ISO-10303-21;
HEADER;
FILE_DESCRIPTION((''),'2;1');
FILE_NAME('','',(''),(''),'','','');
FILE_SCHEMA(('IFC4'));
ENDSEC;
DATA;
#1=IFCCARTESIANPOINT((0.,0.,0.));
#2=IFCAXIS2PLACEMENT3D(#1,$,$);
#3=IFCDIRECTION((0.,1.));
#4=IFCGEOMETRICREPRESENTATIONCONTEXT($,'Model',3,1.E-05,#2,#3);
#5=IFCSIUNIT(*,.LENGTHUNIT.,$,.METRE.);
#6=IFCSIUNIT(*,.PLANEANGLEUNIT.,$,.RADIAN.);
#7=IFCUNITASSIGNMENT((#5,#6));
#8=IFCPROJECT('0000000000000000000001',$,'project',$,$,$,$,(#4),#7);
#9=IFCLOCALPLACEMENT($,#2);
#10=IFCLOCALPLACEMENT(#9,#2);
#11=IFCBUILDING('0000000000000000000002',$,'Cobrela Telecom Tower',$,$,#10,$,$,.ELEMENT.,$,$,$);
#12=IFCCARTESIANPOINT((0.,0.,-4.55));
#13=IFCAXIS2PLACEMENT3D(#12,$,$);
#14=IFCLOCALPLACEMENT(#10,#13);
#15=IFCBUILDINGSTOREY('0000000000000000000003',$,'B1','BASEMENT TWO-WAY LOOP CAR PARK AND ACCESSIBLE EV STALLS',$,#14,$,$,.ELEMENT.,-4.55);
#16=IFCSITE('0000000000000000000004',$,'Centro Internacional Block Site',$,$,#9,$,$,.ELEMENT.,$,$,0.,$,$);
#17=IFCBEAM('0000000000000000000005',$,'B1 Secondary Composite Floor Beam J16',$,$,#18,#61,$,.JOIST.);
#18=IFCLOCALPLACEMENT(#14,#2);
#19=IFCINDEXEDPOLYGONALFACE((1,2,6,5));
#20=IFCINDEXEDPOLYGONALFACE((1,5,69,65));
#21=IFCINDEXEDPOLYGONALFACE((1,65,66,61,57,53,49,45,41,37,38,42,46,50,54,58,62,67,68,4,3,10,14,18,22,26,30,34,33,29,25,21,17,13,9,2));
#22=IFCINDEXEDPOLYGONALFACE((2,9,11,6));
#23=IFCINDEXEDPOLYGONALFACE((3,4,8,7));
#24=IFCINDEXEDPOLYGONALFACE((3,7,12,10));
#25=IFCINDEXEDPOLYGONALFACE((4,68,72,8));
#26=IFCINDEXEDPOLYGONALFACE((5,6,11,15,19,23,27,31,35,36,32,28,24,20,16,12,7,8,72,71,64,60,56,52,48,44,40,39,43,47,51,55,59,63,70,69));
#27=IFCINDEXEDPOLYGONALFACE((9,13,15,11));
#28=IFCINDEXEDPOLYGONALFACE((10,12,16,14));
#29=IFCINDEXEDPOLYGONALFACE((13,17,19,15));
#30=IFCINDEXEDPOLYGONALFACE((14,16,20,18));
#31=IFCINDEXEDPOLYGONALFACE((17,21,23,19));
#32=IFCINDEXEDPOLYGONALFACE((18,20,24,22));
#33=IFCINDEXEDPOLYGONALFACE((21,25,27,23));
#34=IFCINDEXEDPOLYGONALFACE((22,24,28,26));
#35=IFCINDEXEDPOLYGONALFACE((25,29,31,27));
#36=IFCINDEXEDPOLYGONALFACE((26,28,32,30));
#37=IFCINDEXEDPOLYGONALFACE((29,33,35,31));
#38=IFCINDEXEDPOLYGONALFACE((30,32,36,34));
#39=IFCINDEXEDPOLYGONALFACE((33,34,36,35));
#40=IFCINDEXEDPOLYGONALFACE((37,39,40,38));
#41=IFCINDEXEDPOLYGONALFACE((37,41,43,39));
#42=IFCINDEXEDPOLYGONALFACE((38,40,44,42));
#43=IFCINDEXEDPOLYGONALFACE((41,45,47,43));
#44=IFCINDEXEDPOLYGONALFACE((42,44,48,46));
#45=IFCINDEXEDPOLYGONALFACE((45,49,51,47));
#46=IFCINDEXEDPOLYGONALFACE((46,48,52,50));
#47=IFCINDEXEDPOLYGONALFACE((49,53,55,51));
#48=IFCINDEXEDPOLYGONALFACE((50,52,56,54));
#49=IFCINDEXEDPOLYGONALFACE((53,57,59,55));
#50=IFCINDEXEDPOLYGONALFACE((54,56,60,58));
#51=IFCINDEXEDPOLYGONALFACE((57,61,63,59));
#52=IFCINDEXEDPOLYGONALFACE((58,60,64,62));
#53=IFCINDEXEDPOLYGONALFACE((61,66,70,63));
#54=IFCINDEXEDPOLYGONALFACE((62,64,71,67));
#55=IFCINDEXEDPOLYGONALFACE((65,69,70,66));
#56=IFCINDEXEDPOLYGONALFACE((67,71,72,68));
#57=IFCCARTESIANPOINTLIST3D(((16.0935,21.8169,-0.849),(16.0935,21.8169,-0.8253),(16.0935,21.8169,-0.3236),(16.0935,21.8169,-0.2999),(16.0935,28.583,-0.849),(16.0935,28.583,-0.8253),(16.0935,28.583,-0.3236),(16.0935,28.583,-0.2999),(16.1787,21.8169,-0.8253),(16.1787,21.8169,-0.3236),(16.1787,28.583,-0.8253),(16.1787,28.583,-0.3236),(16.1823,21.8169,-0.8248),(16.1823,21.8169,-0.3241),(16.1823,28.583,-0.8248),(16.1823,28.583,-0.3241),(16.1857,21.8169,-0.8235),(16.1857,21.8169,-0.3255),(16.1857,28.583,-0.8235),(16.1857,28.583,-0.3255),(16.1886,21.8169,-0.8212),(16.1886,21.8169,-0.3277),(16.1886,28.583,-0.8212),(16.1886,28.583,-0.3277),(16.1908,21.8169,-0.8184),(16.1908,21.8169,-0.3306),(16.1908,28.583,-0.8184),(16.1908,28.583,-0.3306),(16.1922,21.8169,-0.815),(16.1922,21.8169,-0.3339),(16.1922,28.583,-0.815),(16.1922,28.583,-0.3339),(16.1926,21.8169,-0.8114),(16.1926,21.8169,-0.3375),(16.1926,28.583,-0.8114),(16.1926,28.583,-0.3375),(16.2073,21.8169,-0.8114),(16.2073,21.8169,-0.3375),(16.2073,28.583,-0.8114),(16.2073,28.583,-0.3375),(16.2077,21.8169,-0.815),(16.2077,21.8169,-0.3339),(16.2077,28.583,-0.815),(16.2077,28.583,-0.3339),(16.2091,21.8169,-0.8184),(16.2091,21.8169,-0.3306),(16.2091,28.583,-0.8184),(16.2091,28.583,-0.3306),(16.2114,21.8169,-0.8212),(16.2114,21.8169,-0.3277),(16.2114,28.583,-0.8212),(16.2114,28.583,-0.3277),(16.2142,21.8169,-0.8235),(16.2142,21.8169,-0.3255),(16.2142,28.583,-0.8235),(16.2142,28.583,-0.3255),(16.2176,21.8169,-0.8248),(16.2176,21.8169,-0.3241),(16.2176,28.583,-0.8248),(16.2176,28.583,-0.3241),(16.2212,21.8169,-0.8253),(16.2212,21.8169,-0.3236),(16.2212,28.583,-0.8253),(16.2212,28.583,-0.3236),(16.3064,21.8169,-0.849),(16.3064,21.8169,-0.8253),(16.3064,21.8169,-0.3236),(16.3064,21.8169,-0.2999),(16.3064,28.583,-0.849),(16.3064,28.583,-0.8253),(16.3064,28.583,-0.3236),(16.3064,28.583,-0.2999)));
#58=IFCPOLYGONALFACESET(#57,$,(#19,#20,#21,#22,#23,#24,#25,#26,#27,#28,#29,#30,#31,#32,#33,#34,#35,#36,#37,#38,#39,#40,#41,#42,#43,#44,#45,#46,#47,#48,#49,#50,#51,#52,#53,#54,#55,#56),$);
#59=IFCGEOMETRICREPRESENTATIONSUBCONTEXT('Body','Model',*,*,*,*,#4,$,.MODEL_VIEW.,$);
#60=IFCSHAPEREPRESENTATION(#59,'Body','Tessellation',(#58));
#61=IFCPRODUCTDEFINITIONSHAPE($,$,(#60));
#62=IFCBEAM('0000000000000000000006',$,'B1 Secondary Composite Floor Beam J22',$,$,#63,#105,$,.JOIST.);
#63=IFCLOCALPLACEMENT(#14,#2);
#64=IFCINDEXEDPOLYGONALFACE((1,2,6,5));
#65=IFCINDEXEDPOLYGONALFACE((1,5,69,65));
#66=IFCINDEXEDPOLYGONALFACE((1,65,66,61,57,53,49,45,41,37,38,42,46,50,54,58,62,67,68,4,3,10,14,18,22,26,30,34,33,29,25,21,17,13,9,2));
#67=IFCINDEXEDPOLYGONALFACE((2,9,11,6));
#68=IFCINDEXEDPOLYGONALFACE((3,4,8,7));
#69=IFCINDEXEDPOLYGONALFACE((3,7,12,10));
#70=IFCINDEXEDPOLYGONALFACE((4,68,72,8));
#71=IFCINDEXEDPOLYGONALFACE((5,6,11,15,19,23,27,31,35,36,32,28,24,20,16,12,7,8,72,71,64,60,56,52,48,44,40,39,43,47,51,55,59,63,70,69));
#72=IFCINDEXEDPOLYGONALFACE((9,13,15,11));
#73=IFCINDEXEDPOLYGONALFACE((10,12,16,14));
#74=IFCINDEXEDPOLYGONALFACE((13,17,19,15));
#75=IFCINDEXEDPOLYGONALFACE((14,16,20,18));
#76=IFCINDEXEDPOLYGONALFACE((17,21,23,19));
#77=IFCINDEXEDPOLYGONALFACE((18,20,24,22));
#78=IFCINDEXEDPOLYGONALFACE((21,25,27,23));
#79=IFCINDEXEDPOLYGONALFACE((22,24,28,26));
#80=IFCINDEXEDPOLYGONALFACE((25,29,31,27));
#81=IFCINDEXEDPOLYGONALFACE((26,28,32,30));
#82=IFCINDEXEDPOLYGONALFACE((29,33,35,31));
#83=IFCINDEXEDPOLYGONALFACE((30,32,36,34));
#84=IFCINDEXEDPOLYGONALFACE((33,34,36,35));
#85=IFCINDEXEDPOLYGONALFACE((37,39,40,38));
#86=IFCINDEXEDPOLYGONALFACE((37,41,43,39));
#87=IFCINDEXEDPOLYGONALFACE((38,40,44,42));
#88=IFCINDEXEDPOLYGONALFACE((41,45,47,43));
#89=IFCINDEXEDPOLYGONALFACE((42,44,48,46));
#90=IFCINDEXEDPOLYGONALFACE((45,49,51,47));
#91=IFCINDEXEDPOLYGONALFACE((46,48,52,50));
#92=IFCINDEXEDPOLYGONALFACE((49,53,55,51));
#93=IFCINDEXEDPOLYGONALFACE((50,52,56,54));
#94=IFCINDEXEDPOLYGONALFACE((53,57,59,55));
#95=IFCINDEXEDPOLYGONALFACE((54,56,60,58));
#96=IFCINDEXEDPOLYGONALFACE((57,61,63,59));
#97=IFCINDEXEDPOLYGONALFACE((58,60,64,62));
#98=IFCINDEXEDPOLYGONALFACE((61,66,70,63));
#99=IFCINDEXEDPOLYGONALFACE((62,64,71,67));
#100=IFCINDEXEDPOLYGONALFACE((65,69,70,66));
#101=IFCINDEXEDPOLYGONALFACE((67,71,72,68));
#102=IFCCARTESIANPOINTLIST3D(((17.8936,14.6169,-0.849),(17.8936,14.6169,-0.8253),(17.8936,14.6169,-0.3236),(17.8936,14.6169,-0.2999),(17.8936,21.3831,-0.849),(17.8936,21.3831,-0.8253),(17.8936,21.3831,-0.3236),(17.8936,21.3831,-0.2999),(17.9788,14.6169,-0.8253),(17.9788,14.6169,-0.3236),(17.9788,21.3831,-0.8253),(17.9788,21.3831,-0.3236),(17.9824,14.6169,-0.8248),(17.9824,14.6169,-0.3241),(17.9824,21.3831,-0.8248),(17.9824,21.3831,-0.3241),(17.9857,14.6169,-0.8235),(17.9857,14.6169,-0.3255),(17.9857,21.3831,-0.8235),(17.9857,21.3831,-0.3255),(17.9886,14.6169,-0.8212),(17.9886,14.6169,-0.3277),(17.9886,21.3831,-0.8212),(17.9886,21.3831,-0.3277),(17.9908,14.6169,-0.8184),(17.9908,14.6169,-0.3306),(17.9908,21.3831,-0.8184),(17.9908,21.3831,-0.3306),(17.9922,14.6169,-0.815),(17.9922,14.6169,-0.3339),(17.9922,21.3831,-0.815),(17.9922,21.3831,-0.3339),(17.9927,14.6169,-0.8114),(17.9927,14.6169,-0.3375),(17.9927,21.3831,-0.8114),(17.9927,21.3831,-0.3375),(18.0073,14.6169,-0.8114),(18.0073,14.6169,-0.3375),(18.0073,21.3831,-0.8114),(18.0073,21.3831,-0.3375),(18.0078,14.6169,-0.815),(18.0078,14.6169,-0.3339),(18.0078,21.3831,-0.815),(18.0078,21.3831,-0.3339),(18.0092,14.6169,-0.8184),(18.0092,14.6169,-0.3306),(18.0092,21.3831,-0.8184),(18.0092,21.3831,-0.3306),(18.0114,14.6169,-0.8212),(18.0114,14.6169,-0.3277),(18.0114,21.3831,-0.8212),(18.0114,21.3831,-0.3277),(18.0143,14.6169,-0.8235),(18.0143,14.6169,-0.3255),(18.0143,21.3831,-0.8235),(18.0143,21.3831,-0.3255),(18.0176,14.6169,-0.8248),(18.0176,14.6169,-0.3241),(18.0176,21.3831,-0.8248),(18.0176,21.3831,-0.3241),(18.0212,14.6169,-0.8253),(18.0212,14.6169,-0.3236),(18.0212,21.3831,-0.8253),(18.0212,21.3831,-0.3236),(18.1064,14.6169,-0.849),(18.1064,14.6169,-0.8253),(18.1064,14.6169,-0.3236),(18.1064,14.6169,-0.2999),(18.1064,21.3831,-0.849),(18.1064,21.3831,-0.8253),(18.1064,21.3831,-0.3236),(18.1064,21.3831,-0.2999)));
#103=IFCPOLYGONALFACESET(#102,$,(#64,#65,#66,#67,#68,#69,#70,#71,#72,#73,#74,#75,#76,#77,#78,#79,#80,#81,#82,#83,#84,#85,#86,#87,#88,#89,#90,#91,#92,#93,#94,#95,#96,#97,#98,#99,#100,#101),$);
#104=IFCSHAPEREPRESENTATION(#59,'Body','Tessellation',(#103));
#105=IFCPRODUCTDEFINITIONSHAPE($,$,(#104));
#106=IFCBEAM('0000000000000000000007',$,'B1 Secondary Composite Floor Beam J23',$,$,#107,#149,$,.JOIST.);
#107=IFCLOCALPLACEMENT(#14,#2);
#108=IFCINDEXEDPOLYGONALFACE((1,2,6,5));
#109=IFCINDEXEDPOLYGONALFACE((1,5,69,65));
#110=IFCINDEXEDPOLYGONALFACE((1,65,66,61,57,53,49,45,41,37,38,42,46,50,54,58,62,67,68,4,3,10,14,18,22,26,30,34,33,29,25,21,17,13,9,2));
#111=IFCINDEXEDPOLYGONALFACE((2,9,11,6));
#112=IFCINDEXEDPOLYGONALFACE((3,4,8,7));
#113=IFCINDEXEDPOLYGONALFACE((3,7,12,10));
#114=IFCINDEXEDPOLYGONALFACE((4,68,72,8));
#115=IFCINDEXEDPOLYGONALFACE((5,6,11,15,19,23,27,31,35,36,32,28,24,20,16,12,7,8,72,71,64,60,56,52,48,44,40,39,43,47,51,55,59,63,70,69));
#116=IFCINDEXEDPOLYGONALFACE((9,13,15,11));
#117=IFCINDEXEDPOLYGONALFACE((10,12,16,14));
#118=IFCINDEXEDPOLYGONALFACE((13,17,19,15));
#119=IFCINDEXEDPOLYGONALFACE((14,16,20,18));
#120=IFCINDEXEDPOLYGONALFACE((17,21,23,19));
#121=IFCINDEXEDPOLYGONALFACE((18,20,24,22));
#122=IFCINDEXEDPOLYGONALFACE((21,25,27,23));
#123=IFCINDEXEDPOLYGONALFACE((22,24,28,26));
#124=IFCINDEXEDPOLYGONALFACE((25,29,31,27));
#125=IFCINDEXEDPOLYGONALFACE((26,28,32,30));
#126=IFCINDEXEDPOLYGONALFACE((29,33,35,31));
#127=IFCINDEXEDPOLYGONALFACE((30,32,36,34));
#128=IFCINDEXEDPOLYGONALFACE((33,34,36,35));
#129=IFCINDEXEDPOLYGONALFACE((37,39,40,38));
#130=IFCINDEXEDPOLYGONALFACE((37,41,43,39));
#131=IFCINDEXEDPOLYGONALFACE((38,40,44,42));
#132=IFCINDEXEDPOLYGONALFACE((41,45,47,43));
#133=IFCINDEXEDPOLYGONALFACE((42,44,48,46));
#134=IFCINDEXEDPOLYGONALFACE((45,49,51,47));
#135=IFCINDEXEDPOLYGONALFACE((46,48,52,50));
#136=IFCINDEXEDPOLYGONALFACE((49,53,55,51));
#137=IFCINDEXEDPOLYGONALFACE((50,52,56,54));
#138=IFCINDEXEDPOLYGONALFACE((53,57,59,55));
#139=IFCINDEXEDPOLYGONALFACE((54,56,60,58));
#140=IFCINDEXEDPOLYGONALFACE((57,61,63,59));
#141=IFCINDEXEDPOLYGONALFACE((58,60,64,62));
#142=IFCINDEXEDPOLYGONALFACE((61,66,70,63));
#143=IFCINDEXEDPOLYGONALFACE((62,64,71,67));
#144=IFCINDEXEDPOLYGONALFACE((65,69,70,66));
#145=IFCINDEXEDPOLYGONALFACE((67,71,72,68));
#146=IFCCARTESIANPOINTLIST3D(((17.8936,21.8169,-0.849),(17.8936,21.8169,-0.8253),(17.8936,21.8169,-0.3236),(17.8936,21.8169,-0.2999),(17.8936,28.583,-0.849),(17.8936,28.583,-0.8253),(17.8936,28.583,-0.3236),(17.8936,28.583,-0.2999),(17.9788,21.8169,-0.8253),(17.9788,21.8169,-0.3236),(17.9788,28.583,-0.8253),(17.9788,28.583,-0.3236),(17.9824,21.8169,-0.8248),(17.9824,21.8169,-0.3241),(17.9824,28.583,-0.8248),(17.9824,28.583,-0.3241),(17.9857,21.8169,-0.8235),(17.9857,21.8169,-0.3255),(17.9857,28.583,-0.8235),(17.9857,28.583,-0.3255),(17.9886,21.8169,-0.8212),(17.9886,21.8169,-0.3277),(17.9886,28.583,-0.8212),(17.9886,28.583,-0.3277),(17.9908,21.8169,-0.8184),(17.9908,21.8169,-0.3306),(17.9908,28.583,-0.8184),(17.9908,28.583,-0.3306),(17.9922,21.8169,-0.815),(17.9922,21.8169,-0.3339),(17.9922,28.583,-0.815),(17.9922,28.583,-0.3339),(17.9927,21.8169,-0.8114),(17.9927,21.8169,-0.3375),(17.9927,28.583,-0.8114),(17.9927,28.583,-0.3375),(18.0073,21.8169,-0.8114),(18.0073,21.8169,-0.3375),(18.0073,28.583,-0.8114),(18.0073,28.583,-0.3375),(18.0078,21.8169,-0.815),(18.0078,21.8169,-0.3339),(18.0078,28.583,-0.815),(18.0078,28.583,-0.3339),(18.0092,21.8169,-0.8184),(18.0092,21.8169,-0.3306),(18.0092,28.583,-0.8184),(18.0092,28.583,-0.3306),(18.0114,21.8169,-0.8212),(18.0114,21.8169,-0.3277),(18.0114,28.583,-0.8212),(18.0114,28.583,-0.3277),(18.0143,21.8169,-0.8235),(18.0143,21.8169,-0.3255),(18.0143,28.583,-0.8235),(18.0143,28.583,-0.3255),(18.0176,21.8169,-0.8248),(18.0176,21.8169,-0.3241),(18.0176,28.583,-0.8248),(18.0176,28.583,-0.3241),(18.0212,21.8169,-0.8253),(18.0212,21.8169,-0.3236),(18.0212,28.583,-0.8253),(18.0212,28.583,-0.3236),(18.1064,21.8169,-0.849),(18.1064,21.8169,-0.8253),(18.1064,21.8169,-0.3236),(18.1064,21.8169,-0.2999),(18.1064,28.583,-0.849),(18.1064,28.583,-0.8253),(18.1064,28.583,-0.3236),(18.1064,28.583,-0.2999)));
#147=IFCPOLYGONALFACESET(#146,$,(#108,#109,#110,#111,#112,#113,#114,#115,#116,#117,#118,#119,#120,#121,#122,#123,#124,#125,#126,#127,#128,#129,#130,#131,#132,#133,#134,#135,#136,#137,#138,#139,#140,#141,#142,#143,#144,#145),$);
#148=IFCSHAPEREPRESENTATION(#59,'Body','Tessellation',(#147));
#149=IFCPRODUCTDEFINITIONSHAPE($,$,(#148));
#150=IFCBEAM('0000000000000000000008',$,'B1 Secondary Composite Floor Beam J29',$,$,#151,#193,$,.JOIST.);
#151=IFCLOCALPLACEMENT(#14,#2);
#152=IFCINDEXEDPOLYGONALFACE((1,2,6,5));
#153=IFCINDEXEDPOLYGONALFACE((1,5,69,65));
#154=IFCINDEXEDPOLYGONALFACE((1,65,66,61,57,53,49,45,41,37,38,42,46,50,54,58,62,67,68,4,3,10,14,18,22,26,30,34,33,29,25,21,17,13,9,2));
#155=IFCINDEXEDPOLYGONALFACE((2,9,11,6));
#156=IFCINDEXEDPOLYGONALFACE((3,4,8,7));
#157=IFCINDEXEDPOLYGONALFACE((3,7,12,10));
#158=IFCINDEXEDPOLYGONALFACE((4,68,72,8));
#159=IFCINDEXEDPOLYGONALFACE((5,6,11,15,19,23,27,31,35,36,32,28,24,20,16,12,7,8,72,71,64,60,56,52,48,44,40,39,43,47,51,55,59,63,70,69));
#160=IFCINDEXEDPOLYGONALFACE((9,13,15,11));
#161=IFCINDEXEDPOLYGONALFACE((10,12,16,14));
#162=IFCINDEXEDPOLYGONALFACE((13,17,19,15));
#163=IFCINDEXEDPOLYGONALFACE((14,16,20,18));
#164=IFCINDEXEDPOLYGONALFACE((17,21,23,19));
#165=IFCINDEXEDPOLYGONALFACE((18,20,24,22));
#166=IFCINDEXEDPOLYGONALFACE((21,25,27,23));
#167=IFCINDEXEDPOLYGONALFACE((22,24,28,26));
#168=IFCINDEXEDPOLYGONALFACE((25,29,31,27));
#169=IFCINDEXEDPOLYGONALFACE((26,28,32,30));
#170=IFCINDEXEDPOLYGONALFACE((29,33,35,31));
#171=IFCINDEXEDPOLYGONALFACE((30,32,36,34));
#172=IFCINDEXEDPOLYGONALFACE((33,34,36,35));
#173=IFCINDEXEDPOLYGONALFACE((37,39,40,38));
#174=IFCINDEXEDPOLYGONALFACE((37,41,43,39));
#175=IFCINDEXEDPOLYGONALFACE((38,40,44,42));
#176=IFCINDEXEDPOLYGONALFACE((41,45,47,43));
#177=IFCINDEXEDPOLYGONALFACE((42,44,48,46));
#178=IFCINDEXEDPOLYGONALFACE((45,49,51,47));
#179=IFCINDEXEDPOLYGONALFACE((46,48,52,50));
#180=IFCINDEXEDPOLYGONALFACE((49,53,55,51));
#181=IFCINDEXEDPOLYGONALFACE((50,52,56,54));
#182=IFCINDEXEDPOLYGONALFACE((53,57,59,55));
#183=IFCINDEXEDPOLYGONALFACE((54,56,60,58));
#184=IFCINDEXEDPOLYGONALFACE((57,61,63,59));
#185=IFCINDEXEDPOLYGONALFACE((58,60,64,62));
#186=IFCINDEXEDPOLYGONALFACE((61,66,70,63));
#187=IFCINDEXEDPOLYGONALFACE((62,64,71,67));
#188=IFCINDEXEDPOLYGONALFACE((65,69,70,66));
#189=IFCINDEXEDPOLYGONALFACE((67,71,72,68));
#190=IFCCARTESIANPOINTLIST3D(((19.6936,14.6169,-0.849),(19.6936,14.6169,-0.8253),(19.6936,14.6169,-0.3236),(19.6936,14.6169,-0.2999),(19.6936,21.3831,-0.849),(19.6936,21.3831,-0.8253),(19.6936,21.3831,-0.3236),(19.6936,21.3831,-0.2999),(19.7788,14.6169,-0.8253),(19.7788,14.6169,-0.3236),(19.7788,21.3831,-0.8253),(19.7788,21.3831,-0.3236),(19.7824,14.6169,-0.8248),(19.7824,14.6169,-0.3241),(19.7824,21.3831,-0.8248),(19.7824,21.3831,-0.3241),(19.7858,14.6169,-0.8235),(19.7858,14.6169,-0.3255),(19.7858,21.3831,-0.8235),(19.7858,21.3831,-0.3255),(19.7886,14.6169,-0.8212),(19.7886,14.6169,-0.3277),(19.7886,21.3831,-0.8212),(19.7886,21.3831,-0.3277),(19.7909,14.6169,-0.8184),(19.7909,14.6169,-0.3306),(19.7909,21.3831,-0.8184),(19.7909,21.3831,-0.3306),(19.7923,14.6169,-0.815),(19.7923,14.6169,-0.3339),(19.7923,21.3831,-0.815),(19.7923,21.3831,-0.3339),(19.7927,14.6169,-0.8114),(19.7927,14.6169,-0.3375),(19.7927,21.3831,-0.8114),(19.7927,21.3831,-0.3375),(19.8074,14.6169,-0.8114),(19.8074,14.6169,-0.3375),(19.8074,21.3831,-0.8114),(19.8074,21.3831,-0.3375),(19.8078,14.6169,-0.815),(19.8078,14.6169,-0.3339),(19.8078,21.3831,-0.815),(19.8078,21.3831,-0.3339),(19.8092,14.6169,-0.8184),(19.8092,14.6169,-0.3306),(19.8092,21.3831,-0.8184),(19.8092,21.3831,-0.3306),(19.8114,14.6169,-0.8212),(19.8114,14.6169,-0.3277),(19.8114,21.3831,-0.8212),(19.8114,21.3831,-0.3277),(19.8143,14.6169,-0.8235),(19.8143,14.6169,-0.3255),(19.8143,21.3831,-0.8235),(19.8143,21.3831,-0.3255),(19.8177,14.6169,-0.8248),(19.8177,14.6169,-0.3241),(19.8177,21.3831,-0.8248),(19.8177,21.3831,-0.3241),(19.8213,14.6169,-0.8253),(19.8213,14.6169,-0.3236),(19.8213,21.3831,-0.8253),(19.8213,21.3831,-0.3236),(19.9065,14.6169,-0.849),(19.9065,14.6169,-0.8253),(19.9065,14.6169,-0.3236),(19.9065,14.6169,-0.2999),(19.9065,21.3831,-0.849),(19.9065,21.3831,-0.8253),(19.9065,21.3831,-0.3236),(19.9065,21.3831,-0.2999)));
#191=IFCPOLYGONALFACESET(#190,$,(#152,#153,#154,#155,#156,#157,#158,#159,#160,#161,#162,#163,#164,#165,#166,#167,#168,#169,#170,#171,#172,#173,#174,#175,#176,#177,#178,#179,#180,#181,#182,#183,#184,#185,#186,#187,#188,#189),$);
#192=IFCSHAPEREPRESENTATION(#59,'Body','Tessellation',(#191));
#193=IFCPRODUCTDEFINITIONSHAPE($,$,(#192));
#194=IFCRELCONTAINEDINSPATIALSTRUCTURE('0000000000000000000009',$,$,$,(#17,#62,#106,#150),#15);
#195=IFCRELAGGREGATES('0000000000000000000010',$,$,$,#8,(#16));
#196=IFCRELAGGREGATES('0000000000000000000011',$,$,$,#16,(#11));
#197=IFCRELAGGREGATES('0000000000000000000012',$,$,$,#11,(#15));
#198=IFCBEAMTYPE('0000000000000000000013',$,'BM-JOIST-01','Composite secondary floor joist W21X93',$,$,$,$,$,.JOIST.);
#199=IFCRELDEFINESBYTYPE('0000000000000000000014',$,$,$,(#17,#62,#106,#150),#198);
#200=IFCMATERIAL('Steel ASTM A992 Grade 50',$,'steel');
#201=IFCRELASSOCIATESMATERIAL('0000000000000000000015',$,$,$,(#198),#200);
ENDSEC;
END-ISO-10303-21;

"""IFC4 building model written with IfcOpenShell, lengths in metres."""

from ifc_helpers import new_model, si_unit, direction, frame, origin, origin_2d, place, context, subcontext, project, spatial, i_section, extrude, material, material_profile, profile_set, type_object, element, save


model = new_model("IFC4")

# Units and contexts
model_context = context("Model", 3, precision=1e-05, world=origin(), true_north=direction((0.0, 1.0)))
body_context = subcontext(model_context, "Body", "Model", "MODEL_VIEW")
ifc_project = project(units=[si_unit("LENGTHUNIT", "METRE"), si_unit("PLANEANGLEUNIT", "RADIAN")], contexts=[model_context])

# Site, building, storey
site_placement = place(None, origin())
site = spatial("IfcSite", under=ifc_project, at=site_placement, Name="Centro Internacional Block Site", CompositionType="ELEMENT", RefElevation=0.0)
building_placement = place(site_placement, origin())
building = spatial("IfcBuilding", under=site, at=building_placement, Name="Cobrela Telecom Tower", CompositionType="ELEMENT")
storey_placement = place(building_placement, frame((0.0, 0.0, -4.55)))
storey = spatial("IfcBuildingStorey", under=building, at=storey_placement, Name="B1", Description="BASEMENT TWO-WAY LOOP CAR PARK AND ACCESSIBLE EV STALLS", CompositionType="ELEMENT", Elevation=-4.55)

# Beams
ifc_material_1 = material(Name="Steel ASTM A992 Grade 50", Category="steel")
ifc_material_profile_1 = material_profile(ifc_material_1, i_section(OverallWidth=0.2129, OverallDepth=0.5491, WebThickness=0.0146, FlangeThickness=0.0237, FilletRadius=0.0139, at=origin_2d()), Name="W21X93")
ifc_profile_set_1 = profile_set([ifc_material_profile_1], Name="Steel ASTM A992 Grade 50")
beam_type_1 = type_object("IfcBeamType", Name="BM-JOIST-01", Description="Composite secondary floor joist W21X93", PredefinedType="JOIST", material=ifc_profile_set_1)
for number, where, z_axis, x_axis, name in (
    (1, (16.2, 21.8169, -0.5745), (0.0, 1.0, 0.0), (-1.0, 0.0, 0.0), "B1 Secondary Composite Floor Beam J16"),
    (2, (18.0, 14.6169, -0.5745), (0.0, 1.0, 0.0), (-1.0, 0.0, 0.0), "B1 Secondary Composite Floor Beam J22"),
    (3, (18.0, 21.8169, -0.5745), (0.0, 1.0, 0.0), (-1.0, 0.0, 0.0), "B1 Secondary Composite Floor Beam J23"),
    (4, (19.8, 14.6169, -0.5745), (0.0, 1.0, 0.0), (-1.0, 0.0, 0.0), "B1 Secondary Composite Floor Beam J29"),
):
    element("IfcBeam", number, at=place(storey_placement, frame(where, z_axis=z_axis, x_axis=x_axis)), inside=storey, type_object=beam_type_1, Name=name, PredefinedType="JOIST", context=body_context, shape_type="SweptSolid", body=[
        extrude(i_section(OverallWidth=0.2129, OverallDepth=0.5491, WebThickness=0.0146, FlangeThickness=0.0237, FilletRadius=0.0139, at=origin_2d()), origin(), (0.0, 0.0, 1.0), 6.7661),
    ])

save(model, "model.ifc")
